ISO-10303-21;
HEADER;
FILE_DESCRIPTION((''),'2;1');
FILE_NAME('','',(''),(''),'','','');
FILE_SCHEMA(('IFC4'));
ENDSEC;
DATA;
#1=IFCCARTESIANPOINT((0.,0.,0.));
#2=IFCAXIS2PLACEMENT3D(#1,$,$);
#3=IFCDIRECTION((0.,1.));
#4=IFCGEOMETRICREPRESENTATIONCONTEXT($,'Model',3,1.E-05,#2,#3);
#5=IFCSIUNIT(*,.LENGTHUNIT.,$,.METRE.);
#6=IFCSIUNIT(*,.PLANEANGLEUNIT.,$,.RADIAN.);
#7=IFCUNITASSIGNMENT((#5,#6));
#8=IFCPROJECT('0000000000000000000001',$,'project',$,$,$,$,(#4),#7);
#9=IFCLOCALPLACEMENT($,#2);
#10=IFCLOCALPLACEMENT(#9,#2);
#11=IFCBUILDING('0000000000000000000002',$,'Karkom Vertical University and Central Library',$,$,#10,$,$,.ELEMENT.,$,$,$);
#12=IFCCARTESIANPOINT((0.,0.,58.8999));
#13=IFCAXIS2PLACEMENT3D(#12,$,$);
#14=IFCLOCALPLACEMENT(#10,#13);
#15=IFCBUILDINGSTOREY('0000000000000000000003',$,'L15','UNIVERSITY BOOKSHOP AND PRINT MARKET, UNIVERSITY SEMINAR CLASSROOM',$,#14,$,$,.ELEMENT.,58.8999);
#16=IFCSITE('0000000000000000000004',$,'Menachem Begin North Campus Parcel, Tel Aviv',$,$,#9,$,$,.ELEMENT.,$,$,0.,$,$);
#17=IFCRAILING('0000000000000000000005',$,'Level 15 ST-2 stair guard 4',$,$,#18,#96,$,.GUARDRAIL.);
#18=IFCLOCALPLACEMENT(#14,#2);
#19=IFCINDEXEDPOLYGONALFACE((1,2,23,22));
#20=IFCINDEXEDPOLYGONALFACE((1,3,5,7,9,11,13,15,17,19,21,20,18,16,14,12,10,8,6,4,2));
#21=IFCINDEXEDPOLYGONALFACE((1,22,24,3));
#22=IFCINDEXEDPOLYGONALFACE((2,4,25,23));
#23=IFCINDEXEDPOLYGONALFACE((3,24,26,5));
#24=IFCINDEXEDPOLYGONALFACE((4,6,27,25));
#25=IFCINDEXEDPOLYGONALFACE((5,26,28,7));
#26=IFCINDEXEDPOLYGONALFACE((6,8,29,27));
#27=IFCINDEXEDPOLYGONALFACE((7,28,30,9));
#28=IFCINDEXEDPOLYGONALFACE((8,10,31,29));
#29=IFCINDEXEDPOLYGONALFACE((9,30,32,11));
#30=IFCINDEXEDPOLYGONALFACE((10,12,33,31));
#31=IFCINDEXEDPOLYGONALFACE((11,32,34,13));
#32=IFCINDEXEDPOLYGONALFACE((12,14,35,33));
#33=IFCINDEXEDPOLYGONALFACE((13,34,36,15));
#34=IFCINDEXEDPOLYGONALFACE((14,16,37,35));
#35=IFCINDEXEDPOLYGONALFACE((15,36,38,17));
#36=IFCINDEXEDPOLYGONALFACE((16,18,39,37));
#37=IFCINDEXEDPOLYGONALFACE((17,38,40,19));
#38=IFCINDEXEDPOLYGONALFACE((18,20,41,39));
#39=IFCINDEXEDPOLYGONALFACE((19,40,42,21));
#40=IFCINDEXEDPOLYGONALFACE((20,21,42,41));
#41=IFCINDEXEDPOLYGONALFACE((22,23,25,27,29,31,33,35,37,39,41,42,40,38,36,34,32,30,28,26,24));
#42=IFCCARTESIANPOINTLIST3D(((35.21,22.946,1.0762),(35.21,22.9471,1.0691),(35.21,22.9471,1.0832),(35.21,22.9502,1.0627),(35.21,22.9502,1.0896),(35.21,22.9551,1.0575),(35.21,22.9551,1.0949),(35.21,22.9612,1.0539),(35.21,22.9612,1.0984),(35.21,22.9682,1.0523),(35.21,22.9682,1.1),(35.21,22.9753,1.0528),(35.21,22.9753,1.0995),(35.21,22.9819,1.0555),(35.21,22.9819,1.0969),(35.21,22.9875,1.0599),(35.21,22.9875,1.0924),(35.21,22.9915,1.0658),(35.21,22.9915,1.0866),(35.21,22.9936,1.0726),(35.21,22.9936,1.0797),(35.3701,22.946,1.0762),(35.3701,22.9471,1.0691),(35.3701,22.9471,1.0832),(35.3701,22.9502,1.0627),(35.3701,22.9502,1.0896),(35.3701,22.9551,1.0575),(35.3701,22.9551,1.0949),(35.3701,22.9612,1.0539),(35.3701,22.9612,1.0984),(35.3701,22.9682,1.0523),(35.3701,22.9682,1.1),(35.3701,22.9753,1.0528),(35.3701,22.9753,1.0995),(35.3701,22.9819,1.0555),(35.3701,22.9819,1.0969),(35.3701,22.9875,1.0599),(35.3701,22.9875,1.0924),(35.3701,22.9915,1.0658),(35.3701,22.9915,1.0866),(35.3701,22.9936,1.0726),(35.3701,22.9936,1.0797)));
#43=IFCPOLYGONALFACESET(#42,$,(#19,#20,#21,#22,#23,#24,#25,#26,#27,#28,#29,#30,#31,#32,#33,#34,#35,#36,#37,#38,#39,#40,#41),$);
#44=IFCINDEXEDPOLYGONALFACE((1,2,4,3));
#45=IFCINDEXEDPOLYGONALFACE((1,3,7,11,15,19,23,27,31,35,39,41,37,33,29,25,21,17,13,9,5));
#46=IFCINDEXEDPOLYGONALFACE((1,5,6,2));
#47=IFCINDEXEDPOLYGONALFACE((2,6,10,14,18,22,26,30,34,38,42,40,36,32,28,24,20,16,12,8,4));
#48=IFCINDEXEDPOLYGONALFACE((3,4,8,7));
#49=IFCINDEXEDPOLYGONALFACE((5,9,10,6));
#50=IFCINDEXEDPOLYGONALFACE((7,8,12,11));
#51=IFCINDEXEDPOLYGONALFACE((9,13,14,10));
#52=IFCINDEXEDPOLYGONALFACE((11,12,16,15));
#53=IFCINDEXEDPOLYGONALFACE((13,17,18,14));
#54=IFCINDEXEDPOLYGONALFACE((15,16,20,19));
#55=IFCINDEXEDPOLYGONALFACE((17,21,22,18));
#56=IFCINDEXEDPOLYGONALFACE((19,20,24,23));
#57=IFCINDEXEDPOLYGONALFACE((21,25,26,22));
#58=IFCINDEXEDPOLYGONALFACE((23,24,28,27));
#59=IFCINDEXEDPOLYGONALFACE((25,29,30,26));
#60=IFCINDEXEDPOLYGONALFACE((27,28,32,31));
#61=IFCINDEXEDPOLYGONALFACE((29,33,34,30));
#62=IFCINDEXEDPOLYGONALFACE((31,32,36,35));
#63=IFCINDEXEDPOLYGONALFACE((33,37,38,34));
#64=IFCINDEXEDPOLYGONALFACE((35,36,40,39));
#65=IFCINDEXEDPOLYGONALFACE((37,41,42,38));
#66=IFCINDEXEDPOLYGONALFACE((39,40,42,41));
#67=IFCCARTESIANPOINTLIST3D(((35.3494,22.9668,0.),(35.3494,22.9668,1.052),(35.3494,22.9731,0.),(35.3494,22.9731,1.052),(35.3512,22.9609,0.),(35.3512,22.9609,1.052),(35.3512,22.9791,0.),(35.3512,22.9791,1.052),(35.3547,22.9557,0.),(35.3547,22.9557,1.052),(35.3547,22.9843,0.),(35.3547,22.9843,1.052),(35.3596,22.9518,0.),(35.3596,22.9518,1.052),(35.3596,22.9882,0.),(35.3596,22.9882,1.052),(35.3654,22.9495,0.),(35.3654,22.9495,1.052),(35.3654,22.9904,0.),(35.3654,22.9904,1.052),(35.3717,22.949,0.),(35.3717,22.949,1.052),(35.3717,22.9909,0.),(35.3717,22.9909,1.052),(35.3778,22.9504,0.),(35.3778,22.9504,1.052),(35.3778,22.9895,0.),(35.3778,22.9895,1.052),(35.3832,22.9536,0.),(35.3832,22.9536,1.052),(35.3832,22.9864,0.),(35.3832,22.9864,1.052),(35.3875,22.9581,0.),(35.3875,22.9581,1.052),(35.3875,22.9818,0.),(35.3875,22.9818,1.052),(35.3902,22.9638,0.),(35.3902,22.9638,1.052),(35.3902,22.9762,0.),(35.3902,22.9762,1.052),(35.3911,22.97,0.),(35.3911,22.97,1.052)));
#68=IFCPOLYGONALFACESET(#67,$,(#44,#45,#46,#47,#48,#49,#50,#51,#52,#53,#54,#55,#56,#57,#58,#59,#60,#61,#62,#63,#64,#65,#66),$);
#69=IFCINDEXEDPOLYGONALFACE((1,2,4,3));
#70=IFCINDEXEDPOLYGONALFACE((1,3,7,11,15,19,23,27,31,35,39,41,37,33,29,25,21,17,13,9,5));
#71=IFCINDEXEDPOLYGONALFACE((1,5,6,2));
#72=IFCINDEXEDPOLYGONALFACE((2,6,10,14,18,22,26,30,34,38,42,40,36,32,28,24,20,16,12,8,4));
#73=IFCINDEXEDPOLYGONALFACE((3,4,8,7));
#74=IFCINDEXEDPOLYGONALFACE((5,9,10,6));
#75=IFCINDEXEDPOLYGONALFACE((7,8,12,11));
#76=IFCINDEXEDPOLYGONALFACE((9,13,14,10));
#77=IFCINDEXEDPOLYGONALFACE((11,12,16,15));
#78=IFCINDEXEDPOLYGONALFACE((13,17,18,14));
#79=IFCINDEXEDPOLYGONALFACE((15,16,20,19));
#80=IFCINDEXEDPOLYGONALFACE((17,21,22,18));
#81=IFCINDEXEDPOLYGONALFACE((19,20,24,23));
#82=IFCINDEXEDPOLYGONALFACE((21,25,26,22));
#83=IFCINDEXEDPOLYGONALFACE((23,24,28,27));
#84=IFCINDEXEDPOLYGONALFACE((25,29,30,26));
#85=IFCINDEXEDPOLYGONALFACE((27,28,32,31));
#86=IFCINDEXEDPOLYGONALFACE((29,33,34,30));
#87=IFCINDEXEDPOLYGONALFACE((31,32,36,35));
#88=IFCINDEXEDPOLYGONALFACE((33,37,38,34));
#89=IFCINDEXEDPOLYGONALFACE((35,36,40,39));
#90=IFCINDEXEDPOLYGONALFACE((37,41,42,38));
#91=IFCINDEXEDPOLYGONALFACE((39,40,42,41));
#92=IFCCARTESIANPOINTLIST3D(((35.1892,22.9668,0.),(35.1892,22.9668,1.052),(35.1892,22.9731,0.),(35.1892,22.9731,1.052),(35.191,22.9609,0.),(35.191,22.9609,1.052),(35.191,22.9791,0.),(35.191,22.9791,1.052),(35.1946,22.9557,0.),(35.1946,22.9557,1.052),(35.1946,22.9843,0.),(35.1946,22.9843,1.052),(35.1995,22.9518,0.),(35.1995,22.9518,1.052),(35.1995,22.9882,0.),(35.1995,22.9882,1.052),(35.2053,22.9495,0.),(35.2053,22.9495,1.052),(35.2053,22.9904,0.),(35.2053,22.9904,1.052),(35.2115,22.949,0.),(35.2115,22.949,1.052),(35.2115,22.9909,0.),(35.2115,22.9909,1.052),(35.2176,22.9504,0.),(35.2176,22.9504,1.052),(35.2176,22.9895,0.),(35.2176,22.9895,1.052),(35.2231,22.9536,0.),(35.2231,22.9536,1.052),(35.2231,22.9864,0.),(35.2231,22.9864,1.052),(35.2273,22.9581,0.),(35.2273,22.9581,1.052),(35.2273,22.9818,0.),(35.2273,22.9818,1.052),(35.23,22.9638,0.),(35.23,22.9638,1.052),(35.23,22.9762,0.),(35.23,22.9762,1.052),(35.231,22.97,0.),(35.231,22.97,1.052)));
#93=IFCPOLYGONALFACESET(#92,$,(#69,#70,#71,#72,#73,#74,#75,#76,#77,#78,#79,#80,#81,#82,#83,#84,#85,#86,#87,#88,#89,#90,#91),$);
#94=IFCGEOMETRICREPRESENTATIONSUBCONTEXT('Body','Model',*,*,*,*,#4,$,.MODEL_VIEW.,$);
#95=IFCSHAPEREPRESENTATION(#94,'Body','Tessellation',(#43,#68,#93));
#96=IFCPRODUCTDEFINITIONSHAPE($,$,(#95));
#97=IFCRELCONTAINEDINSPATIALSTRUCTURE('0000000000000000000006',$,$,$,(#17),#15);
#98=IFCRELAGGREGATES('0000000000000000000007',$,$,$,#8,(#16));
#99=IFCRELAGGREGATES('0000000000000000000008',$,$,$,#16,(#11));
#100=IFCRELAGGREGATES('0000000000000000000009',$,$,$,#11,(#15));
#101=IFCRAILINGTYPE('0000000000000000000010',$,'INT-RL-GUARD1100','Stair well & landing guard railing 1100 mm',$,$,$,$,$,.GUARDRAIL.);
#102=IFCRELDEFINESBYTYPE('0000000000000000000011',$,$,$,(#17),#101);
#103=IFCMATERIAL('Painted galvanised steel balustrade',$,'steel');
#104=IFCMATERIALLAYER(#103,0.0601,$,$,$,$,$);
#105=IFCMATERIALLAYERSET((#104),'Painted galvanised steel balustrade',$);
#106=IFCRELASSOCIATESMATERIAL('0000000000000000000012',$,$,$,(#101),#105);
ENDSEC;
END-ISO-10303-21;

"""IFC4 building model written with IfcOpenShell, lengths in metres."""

from ifc_helpers import new_model, si_unit, direction, frame, origin, origin_2d, place, context, subcontext, project, spatial, circle, extrude, material, layer, layer_set, type_object, element, save


model = new_model("IFC4")

# Units and contexts
model_context = context("Model", 3, precision=1e-05, world=origin(), true_north=direction((0.0, 1.0)))
body_context = subcontext(model_context, "Body", "Model", "MODEL_VIEW")
ifc_project = project(units=[si_unit("LENGTHUNIT", "METRE"), si_unit("PLANEANGLEUNIT", "RADIAN")], contexts=[model_context])

# Site, building, storey
site_placement = place(None, origin())
site = spatial("IfcSite", under=ifc_project, at=site_placement, Name="Menachem Begin North Campus Parcel, Tel Aviv", CompositionType="ELEMENT", RefElevation=0.0)
building_placement = place(site_placement, origin())
building = spatial("IfcBuilding", under=site, at=building_placement, Name="Karkom Vertical University and Central Library", CompositionType="ELEMENT")
storey_placement = place(building_placement, frame((0.0, 0.0, 58.8999)))
storey = spatial("IfcBuildingStorey", under=building, at=storey_placement, Name="L15", Description="UNIVERSITY BOOKSHOP AND PRINT MARKET, UNIVERSITY SEMINAR CLASSROOM", CompositionType="ELEMENT", Elevation=58.8999)

# Railing
ifc_material_1 = material(Name="Painted galvanised steel balustrade", Category="steel")
ifc_layer_1 = layer(ifc_material_1, 0.0601)
ifc_layer_set_1 = layer_set([ifc_layer_1], Name="Painted galvanised steel balustrade")
railing_type_1 = type_object("IfcRailingType", Name="INT-RL-GUARD1100", Description="Stair well & landing guard railing 1100 mm", PredefinedType="GUARDRAIL", material=ifc_layer_set_1)
railing_1_placement = place(storey_placement, frame((35.3701, 22.97, 0.0)))
element("IfcRailing", 1, at=railing_1_placement, inside=storey, type_object=railing_type_1, Name="Level 15 ST-2 stair guard 4", PredefinedType="GUARDRAIL", context=body_context, shape_type="SweptSolid", body=[
    extrude(circle(Radius=0.0239, at=origin_2d()), frame((0.0, 0.0, 1.0762), z_axis=(-1.0, 0.0, 0.0), x_axis=(0.0, -1.0, 0.0)), (0.0, 0.0, 1.0), 0.1602),
    extrude(circle(Radius=0.021, at=origin_2d()), origin(), (0.0, 0.0, 1.0), 1.052),
    extrude(circle(Radius=0.021, at=origin_2d()), frame((-0.1602, 0.0, 0.0)), (0.0, 0.0, 1.0), 1.052),
])

save(model, "model.ifc")
